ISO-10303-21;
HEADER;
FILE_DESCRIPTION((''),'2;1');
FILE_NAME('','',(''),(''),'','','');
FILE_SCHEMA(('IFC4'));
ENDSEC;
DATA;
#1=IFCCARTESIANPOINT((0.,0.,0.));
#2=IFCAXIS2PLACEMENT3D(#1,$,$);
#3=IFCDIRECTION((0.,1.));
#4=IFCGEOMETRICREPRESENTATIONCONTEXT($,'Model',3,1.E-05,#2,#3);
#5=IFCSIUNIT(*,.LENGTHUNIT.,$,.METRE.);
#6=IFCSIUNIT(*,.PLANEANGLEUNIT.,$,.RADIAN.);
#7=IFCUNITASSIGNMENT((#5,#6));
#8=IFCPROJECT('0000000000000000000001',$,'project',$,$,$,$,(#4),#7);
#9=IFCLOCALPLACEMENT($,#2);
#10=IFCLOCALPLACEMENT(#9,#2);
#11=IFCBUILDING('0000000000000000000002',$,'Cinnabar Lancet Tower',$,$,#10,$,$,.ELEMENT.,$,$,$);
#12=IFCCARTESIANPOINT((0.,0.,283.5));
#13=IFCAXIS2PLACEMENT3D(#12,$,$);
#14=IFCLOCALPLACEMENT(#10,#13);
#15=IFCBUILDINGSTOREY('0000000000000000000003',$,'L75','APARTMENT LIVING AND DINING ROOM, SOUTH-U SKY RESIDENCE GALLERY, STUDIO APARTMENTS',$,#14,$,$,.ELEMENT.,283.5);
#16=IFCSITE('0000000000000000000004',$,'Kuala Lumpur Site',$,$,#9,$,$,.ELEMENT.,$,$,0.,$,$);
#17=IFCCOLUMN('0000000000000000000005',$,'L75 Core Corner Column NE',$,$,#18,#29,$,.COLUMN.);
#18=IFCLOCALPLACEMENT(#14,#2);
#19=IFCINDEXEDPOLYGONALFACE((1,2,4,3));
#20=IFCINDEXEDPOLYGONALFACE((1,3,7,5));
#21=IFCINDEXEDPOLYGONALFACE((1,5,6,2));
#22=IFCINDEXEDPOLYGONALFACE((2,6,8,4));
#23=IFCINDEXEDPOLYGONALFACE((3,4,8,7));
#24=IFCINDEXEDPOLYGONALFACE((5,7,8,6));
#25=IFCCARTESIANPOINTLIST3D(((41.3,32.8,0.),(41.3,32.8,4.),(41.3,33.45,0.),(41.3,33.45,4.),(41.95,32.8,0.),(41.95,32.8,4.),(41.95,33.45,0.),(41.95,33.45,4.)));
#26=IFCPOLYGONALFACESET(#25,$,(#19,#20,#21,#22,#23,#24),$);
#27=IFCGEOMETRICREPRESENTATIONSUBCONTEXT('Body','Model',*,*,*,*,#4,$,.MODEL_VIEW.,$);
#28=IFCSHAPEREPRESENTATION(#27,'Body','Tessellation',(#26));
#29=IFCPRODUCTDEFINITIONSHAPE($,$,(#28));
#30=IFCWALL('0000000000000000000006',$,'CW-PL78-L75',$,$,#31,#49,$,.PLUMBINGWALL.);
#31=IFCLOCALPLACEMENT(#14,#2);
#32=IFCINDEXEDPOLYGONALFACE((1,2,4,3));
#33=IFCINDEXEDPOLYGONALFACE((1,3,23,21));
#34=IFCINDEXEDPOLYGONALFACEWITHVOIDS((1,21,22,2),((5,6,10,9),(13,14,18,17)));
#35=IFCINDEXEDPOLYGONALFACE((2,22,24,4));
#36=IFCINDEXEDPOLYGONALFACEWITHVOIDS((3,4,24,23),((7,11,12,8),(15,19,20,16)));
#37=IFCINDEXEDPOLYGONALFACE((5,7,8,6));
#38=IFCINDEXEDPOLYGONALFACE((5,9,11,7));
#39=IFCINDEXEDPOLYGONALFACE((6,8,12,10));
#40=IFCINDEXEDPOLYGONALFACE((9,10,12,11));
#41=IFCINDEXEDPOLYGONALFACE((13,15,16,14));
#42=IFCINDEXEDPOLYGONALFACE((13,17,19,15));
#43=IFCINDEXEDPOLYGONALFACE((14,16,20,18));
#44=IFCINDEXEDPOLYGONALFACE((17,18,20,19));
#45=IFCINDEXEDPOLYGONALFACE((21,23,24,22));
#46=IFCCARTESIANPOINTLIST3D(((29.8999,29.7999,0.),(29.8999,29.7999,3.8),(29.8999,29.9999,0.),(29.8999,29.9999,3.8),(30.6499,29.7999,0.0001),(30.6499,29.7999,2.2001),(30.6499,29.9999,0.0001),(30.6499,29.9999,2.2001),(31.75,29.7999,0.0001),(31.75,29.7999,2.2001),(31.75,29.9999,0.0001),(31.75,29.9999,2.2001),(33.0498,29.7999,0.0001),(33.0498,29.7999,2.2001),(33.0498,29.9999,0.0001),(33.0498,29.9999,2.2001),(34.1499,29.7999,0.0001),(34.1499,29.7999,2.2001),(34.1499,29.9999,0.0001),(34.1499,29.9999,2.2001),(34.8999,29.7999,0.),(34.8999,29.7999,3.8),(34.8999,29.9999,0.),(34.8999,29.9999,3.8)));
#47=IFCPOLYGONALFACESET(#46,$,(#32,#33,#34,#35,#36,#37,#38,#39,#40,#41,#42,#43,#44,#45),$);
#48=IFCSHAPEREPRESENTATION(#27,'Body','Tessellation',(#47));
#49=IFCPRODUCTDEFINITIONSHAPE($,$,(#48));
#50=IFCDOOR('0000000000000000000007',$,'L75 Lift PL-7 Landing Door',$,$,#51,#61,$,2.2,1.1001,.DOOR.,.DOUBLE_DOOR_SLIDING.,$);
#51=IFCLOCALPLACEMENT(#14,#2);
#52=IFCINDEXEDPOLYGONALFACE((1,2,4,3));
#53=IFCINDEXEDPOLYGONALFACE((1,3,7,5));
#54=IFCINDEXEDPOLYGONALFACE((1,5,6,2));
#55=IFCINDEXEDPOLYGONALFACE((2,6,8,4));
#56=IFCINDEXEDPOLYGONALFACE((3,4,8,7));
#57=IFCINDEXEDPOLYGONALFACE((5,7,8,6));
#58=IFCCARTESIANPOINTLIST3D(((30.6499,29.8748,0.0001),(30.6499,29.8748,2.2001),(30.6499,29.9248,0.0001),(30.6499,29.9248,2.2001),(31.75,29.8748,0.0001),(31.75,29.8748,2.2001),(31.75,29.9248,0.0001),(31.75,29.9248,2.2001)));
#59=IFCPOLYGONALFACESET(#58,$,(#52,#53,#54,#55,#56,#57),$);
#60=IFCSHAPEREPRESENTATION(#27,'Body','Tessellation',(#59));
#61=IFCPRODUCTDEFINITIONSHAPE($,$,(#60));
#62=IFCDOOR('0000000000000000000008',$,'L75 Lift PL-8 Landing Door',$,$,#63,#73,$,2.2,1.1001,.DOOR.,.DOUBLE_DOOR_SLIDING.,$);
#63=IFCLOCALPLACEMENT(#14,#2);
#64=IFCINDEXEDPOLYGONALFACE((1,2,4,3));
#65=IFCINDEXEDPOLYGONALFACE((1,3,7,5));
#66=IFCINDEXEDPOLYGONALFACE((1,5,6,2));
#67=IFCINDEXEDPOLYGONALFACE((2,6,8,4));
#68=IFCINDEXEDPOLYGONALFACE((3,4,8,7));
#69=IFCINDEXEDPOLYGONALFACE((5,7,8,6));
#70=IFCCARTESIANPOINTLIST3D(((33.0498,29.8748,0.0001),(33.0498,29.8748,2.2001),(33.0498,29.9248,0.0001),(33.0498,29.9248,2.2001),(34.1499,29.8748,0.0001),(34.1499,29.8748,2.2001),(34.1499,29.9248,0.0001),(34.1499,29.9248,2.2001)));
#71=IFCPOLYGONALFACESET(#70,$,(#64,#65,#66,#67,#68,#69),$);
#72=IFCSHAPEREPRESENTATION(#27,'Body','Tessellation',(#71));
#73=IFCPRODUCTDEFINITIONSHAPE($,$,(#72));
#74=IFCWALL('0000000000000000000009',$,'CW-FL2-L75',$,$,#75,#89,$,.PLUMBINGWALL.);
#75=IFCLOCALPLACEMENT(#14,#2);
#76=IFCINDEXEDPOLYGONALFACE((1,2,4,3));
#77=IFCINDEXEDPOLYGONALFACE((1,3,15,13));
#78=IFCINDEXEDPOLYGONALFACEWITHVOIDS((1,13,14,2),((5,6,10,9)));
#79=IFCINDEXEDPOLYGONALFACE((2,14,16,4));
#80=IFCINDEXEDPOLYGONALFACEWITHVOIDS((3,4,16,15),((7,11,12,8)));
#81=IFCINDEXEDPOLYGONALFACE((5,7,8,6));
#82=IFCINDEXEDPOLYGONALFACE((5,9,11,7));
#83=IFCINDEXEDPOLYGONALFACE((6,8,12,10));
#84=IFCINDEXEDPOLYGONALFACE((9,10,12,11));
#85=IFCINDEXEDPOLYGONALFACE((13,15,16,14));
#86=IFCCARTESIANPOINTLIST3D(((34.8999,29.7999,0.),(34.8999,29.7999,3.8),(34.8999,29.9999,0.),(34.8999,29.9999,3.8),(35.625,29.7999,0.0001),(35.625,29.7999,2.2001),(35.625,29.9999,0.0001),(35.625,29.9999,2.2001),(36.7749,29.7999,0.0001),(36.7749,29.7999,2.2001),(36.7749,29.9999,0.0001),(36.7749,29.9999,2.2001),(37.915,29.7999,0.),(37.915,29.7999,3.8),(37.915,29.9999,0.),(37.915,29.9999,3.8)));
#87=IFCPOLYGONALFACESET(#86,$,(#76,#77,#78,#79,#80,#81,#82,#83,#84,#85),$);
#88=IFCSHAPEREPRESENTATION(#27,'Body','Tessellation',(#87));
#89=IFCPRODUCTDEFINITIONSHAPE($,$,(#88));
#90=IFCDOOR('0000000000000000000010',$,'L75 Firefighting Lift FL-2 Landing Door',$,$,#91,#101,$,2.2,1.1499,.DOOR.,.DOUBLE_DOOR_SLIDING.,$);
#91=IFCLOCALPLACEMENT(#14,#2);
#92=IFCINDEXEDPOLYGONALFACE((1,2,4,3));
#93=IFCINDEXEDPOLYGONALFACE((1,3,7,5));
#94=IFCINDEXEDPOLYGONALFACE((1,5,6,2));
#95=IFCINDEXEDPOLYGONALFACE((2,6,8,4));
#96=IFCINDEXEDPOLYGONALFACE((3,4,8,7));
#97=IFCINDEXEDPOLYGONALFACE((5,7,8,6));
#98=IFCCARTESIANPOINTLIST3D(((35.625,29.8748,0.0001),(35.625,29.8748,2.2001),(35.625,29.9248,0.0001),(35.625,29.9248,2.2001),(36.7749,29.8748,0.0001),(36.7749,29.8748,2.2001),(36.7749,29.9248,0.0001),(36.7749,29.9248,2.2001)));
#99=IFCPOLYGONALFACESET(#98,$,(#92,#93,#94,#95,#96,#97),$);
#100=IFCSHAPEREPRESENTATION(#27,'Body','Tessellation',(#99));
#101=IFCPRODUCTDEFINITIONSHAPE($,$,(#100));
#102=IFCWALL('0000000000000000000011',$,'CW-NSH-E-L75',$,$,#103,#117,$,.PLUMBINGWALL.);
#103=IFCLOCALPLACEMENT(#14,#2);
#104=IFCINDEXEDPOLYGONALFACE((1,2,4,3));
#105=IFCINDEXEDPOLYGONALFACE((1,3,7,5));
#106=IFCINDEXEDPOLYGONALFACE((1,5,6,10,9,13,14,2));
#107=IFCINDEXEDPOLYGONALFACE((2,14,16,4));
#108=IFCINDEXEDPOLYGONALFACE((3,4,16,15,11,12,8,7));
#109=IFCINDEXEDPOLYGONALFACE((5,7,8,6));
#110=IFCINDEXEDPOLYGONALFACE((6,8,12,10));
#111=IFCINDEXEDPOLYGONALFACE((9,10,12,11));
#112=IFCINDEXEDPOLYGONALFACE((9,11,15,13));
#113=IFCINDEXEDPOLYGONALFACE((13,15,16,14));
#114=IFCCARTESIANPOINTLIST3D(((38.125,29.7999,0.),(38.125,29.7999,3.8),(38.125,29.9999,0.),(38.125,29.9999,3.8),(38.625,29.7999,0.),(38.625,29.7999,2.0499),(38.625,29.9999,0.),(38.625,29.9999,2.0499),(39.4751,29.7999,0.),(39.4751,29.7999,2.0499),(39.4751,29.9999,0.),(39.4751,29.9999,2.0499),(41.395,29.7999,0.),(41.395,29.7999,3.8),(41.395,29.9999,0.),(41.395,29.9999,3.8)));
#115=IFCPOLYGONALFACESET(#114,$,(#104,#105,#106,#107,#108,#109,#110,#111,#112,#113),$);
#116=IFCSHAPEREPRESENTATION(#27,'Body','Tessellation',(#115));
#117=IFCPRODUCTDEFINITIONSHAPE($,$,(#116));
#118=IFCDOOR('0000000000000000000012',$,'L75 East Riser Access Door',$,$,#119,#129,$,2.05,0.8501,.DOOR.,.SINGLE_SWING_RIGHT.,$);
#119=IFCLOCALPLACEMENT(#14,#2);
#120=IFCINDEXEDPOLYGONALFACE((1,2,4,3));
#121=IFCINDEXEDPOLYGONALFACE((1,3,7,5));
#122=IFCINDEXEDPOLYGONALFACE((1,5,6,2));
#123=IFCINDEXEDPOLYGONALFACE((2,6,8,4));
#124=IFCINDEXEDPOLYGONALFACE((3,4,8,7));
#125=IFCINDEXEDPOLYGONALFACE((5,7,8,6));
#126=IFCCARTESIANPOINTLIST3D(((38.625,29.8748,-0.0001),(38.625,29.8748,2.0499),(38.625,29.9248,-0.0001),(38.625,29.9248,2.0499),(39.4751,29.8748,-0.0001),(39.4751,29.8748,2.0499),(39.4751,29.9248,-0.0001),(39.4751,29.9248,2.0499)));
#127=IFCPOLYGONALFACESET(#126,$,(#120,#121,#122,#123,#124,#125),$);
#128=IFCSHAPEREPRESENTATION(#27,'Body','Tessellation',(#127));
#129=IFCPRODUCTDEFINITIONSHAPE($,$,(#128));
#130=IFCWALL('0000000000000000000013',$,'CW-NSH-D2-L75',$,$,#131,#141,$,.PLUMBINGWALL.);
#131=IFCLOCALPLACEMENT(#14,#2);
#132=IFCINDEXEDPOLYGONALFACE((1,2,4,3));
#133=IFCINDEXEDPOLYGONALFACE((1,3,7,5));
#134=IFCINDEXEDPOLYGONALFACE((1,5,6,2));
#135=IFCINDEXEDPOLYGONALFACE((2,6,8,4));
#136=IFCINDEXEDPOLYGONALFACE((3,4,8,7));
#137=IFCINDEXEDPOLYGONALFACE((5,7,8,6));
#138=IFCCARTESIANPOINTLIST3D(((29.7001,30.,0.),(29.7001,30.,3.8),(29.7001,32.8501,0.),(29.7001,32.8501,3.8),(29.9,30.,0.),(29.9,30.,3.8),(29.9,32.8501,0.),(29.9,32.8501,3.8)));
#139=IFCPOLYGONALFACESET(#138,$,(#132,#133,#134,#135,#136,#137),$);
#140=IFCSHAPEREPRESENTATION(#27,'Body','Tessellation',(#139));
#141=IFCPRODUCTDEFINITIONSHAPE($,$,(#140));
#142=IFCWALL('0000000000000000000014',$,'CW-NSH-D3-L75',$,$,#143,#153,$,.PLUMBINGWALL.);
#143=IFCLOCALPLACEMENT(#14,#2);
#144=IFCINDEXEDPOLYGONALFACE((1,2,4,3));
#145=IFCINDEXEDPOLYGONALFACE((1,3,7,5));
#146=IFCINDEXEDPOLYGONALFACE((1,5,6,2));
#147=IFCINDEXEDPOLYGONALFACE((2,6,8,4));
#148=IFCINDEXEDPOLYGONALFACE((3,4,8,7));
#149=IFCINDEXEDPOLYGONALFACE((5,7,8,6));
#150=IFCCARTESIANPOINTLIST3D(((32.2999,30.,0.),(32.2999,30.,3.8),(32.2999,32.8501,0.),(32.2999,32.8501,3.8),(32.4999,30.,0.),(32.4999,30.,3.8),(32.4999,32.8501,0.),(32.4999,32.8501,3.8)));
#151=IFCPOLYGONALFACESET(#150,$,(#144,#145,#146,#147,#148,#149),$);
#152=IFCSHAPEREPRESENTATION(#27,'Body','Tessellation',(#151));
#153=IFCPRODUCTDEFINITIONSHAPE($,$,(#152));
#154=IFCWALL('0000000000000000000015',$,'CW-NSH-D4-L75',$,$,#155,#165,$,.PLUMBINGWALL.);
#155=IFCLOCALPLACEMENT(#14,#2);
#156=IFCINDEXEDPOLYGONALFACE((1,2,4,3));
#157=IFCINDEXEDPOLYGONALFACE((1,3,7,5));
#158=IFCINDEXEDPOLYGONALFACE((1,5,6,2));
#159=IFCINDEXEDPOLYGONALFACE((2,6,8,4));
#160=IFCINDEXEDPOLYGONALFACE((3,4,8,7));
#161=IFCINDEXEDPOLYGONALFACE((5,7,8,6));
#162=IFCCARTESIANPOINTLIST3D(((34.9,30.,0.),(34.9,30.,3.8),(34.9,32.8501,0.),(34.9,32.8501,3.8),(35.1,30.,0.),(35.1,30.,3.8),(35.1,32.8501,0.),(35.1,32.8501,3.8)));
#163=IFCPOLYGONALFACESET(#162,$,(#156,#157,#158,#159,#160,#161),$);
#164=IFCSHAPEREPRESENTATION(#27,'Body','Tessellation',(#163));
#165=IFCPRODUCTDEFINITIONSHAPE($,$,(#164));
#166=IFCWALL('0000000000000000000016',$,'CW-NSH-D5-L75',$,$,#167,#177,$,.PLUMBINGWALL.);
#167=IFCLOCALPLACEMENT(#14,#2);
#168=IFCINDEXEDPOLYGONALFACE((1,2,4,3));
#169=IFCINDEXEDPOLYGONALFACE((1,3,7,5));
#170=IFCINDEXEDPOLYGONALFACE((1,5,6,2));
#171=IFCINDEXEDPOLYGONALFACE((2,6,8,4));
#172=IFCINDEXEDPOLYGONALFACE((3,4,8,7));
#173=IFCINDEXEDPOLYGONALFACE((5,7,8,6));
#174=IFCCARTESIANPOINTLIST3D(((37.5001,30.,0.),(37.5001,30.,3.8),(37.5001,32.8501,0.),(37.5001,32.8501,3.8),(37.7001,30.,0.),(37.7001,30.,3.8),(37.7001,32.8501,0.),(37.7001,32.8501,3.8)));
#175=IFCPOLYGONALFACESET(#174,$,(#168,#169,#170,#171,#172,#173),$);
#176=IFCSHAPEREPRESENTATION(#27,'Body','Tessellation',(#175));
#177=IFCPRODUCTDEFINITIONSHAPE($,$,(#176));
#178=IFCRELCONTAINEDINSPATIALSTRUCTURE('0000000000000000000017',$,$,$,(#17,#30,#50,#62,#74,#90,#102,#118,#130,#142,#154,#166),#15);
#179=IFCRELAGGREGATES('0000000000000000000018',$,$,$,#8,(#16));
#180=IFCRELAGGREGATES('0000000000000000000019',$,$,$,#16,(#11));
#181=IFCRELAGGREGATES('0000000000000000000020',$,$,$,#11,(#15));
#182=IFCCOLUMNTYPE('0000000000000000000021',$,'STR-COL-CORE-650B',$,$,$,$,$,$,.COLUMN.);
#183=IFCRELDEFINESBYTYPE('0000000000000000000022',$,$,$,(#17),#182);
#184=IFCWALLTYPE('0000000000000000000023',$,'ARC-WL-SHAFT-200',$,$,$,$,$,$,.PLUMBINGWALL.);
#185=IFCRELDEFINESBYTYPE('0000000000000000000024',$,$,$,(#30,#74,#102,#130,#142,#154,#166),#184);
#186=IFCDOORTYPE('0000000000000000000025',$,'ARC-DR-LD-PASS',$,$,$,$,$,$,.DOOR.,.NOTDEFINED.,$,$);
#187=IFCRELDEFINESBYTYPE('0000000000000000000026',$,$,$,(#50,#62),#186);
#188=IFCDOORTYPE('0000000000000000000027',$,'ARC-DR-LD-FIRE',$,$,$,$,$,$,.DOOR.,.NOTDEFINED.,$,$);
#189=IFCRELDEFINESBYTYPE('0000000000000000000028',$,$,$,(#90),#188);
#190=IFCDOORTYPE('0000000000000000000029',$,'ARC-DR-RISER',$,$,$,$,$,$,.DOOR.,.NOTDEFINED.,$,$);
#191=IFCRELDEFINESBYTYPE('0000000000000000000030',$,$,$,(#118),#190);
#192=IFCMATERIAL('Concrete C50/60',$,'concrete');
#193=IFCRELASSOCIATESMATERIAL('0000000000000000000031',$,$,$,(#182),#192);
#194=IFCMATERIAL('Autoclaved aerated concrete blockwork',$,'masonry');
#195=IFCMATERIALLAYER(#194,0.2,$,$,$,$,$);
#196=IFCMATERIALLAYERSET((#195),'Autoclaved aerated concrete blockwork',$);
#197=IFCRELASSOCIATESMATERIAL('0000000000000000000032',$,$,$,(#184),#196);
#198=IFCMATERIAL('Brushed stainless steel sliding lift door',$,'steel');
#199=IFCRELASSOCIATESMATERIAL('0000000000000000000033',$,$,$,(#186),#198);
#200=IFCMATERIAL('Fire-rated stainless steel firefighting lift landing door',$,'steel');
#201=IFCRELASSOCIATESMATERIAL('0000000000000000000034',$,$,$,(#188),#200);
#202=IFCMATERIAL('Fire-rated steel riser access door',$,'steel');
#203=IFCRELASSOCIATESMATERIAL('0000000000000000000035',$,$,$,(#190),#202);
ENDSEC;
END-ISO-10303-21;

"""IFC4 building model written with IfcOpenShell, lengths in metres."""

from ifc_helpers import new_model, si_unit, direction, frame, frame_2d, origin, origin_2d, place, context, subcontext, project, spatial, rectangle, extrude, material, layer, layer_set, material_profile, profile_set, type_object, element, fill, save


model = new_model("IFC4")

# Units and contexts
model_context = context("Model", 3, precision=1e-05, world=origin(), true_north=direction((0.0, 1.0)))
body_context = subcontext(model_context, "Body", "Model", "MODEL_VIEW")
ifc_project = project(units=[si_unit("LENGTHUNIT", "METRE"), si_unit("PLANEANGLEUNIT", "RADIAN")], contexts=[model_context])

# Site, building, storey
site_placement = place(None, origin())
site = spatial("IfcSite", under=ifc_project, at=site_placement, Name="Kuala Lumpur Site", CompositionType="ELEMENT", RefElevation=0.0)
building_placement = place(site_placement, origin())
building = spatial("IfcBuilding", under=site, at=building_placement, Name="Cinnabar Lancet Tower", CompositionType="ELEMENT")
storey_placement = place(building_placement, frame((0.0, 0.0, 283.5)))
storey = spatial("IfcBuildingStorey", under=building, at=storey_placement, Name="L75", Description="APARTMENT LIVING AND DINING ROOM, SOUTH-U SKY RESIDENCE GALLERY, STUDIO APARTMENTS", CompositionType="ELEMENT", Elevation=283.5)

# Column
ifc_material_1 = material(Name="Concrete C50/60", Category="concrete")
ifc_material_profile = material_profile(ifc_material_1, rectangle(XDim=0.6499, YDim=0.6499, at=origin_2d()), Name="RC-COL 650x650")
ifc_profile_set = profile_set([ifc_material_profile], Name="Concrete C50/60")
column_type = type_object("IfcColumnType", Name="STR-COL-CORE-650B", PredefinedType="COLUMN", material=ifc_profile_set)
column_placement = place(storey_placement, frame((41.625, 33.125, 0.0), z_axis=(0.0, 0.0, 1.0), x_axis=(1.0, 0.0, 0.0)))
element("IfcColumn", 1, at=column_placement, inside=storey, type_object=column_type, Name="L75 Core Corner Column NE", PredefinedType="COLUMN", context=body_context, shape_type="SweptSolid", body=[
    extrude(rectangle(XDim=0.6499, YDim=0.6499, at=origin_2d()), origin(), (0.0, 0.0, 1.0), 4.0),
])

# Wall, openings, doors
ifc_material_2 = material(Name="Autoclaved aerated concrete blockwork", Category="masonry")
ifc_layer_1 = layer(ifc_material_2, 0.2)
ifc_layer_set_1 = layer_set([ifc_layer_1], Name="Autoclaved aerated concrete blockwork")
wall_type_1 = type_object("IfcWallType", Name="ARC-WL-SHAFT-200", PredefinedType="PLUMBINGWALL", material=ifc_layer_set_1)
wall_1_placement = place(storey_placement, frame((29.8999, 29.8999, 0.0), z_axis=(0.0, 0.0, 1.0), x_axis=(1.0, 0.0, 0.0)))
wall_1 = element("IfcWall", 2, at=wall_1_placement, inside=storey, type_object=wall_type_1, Name="CW-PL78-L75", PredefinedType="PLUMBINGWALL", context=body_context, shape_type="SweptSolid", body=[
    extrude(rectangle(XDim=5.0, YDim=0.2, at=frame_2d((2.5, 0.0))), origin(), (0.0, 0.0, 1.0), 3.8),
])
opening_1_placement = place(wall_1_placement, frame((0.75, 0.0, 0.0)))
opening_1 = element("IfcOpeningElement", 3, at=opening_1_placement, cuts=wall_1, PredefinedType="OPENING", context=body_context, shape_type="SweptSolid", body=[
    extrude(rectangle(XDim=1.1001, YDim=2.2, at=frame_2d((0.55, 1.1001))), frame((0.0, 0.1099, 0.0), z_axis=(0.0, -1.0, 0.0), x_axis=(1.0, 0.0, 0.0)), (0.0, 0.0, 1.0), 0.22),
])
opening_2_placement = place(wall_1_placement, frame((3.1499, 0.0, 0.0)))
opening_2 = element("IfcOpeningElement", 4, at=opening_2_placement, cuts=wall_1, PredefinedType="OPENING", context=body_context, shape_type="SweptSolid", body=[
    extrude(rectangle(XDim=1.1001, YDim=2.2, at=frame_2d((0.55, 1.1001))), frame((0.0, 0.1099, 0.0), z_axis=(0.0, -1.0, 0.0), x_axis=(1.0, 0.0, 0.0)), (0.0, 0.0, 1.0), 0.22),
])
ifc_material_3 = material(Name="Brushed stainless steel sliding lift door", Category="steel")
door_type_1 = type_object("IfcDoorType", Name="ARC-DR-LD-PASS", OperationType="NOTDEFINED", PredefinedType="DOOR", material=ifc_material_3)
door_1_placement = place(opening_1_placement, origin())
door_1 = element("IfcDoor", 5, at=door_1_placement, inside=storey, type_object=door_type_1, Name="L75 Lift PL-7 Landing Door", OperationType="DOUBLE_DOOR_SLIDING", OverallHeight=2.2, OverallWidth=1.1001, PredefinedType="DOOR", context=body_context, shape_type="SweptSolid", body=[
    extrude(rectangle(XDim=1.1001, YDim=2.2, at=frame_2d((0.55, 1.1001))), frame((0.0, 0.0249, 0.0), z_axis=(0.0, -1.0, 0.0), x_axis=(1.0, 0.0, 0.0)), (0.0, 0.0, 1.0), 0.05),
])
fill(opening_1, door_1)
door_2_placement = place(opening_2_placement, origin())
door_2 = element("IfcDoor", 6, at=door_2_placement, inside=storey, type_object=door_type_1, Name="L75 Lift PL-8 Landing Door", OperationType="DOUBLE_DOOR_SLIDING", OverallHeight=2.2, OverallWidth=1.1001, PredefinedType="DOOR", context=body_context, shape_type="SweptSolid", body=[
    extrude(rectangle(XDim=1.1001, YDim=2.2, at=frame_2d((0.55, 1.1001))), frame((0.0, 0.0249, 0.0), z_axis=(0.0, -1.0, 0.0), x_axis=(1.0, 0.0, 0.0)), (0.0, 0.0, 1.0), 0.05),
])
fill(opening_2, door_2)

# Walls, openings, doors
wall_2_placement = place(storey_placement, frame((34.8999, 29.8999, 0.0), z_axis=(0.0, 0.0, 1.0), x_axis=(1.0, 0.0, 0.0)))
wall_2 = element("IfcWall", 7, at=wall_2_placement, inside=storey, type_object=wall_type_1, Name="CW-FL2-L75", PredefinedType="PLUMBINGWALL", context=body_context, shape_type="SweptSolid", body=[
    extrude(rectangle(XDim=3.0151, YDim=0.2, at=frame_2d((1.5076, 0.0))), origin(), (0.0, 0.0, 1.0), 3.8),
])
opening_3_placement = place(wall_2_placement, frame((0.7251, 0.0, 0.0)))
opening_3 = element("IfcOpeningElement", 8, at=opening_3_placement, cuts=wall_2, PredefinedType="OPENING", context=body_context, shape_type="SweptSolid", body=[
    extrude(rectangle(XDim=1.1499, YDim=2.2, at=frame_2d((0.575, 1.1001))), frame((0.0, 0.1099, 0.0), z_axis=(0.0, -1.0, 0.0), x_axis=(1.0, 0.0, 0.0)), (0.0, 0.0, 1.0), 0.22),
])
ifc_material_4 = material(Name="Fire-rated stainless steel firefighting lift landing door", Category="steel")
door_type_2 = type_object("IfcDoorType", Name="ARC-DR-LD-FIRE", OperationType="NOTDEFINED", PredefinedType="DOOR", material=ifc_material_4)
door_3_placement = place(opening_3_placement, origin())
door_3 = element("IfcDoor", 9, at=door_3_placement, inside=storey, type_object=door_type_2, Name="L75 Firefighting Lift FL-2 Landing Door", OperationType="DOUBLE_DOOR_SLIDING", OverallHeight=2.2, OverallWidth=1.1499, PredefinedType="DOOR", context=body_context, shape_type="SweptSolid", body=[
    extrude(rectangle(XDim=1.1499, YDim=2.2, at=frame_2d((0.575, 1.1001))), frame((0.0, 0.0249, 0.0), z_axis=(0.0, -1.0, 0.0), x_axis=(1.0, 0.0, 0.0)), (0.0, 0.0, 1.0), 0.05),
])
fill(opening_3, door_3)
wall_3_placement = place(storey_placement, frame((38.125, 29.8999, 0.0), z_axis=(0.0, 0.0, 1.0), x_axis=(1.0, 0.0, 0.0)))
wall_3 = element("IfcWall", 10, at=wall_3_placement, inside=storey, type_object=wall_type_1, Name="CW-NSH-E-L75", PredefinedType="PLUMBINGWALL", context=body_context, shape_type="SweptSolid", body=[
    extrude(rectangle(XDim=3.27, YDim=0.2, at=frame_2d((1.635, 0.0))), origin(), (0.0, 0.0, 1.0), 3.8),
])
opening_4_placement = place(wall_3_placement, frame((0.5, 0.0, 0.0)))
opening_4 = element("IfcOpeningElement", 11, at=opening_4_placement, cuts=wall_3, PredefinedType="OPENING", context=body_context, shape_type="SweptSolid", body=[
    extrude(rectangle(XDim=0.8501, YDim=2.05, at=frame_2d((0.425, 1.0249))), frame((0.0, 0.1099, 0.0), z_axis=(0.0, -1.0, 0.0), x_axis=(1.0, 0.0, 0.0)), (0.0, 0.0, 1.0), 0.22),
])
ifc_material_5 = material(Name="Fire-rated steel riser access door", Category="steel")
door_type_3 = type_object("IfcDoorType", Name="ARC-DR-RISER", OperationType="NOTDEFINED", PredefinedType="DOOR", material=ifc_material_5)
door_4_placement = place(opening_4_placement, origin())
door_4 = element("IfcDoor", 12, at=door_4_placement, inside=storey, type_object=door_type_3, Name="L75 East Riser Access Door", OperationType="SINGLE_SWING_RIGHT", OverallHeight=2.05, OverallWidth=0.8501, PredefinedType="DOOR", context=body_context, shape_type="SweptSolid", body=[
    extrude(rectangle(XDim=0.8501, YDim=2.05, at=frame_2d((0.425, 1.0249))), frame((0.0, 0.0249, 0.0), z_axis=(0.0, -1.0, 0.0), x_axis=(1.0, 0.0, 0.0)), (0.0, 0.0, 1.0), 0.05),
])
fill(opening_4, door_4)

# Walls
for number, where, z_axis, x_axis, name in (
    (13, (29.8, 30.0, 0.0), (0.0, 0.0, 1.0), (0.0, 1.0, 0.0), "CW-NSH-D2-L75"),
    (14, (32.3999, 30.0, 0.0), (0.0, 0.0, 1.0), (0.0, 1.0, 0.0), "CW-NSH-D3-L75"),
    (15, (35.0, 30.0, 0.0), (0.0, 0.0, 1.0), (0.0, 1.0, 0.0), "CW-NSH-D4-L75"),
    (16, (37.6001, 30.0, 0.0), (0.0, 0.0, 1.0), (0.0, 1.0, 0.0), "CW-NSH-D5-L75"),
):
    element("IfcWall", number, at=place(storey_placement, frame(where, z_axis=z_axis, x_axis=x_axis)), inside=storey, type_object=wall_type_1, Name=name, PredefinedType="PLUMBINGWALL", context=body_context, shape_type="SweptSolid", body=[
        extrude(rectangle(XDim=2.8501, YDim=0.2, at=frame_2d((1.425, 0.0))), origin(), (0.0, 0.0, 1.0), 3.8),
    ])

save(model, "model.ifc")
